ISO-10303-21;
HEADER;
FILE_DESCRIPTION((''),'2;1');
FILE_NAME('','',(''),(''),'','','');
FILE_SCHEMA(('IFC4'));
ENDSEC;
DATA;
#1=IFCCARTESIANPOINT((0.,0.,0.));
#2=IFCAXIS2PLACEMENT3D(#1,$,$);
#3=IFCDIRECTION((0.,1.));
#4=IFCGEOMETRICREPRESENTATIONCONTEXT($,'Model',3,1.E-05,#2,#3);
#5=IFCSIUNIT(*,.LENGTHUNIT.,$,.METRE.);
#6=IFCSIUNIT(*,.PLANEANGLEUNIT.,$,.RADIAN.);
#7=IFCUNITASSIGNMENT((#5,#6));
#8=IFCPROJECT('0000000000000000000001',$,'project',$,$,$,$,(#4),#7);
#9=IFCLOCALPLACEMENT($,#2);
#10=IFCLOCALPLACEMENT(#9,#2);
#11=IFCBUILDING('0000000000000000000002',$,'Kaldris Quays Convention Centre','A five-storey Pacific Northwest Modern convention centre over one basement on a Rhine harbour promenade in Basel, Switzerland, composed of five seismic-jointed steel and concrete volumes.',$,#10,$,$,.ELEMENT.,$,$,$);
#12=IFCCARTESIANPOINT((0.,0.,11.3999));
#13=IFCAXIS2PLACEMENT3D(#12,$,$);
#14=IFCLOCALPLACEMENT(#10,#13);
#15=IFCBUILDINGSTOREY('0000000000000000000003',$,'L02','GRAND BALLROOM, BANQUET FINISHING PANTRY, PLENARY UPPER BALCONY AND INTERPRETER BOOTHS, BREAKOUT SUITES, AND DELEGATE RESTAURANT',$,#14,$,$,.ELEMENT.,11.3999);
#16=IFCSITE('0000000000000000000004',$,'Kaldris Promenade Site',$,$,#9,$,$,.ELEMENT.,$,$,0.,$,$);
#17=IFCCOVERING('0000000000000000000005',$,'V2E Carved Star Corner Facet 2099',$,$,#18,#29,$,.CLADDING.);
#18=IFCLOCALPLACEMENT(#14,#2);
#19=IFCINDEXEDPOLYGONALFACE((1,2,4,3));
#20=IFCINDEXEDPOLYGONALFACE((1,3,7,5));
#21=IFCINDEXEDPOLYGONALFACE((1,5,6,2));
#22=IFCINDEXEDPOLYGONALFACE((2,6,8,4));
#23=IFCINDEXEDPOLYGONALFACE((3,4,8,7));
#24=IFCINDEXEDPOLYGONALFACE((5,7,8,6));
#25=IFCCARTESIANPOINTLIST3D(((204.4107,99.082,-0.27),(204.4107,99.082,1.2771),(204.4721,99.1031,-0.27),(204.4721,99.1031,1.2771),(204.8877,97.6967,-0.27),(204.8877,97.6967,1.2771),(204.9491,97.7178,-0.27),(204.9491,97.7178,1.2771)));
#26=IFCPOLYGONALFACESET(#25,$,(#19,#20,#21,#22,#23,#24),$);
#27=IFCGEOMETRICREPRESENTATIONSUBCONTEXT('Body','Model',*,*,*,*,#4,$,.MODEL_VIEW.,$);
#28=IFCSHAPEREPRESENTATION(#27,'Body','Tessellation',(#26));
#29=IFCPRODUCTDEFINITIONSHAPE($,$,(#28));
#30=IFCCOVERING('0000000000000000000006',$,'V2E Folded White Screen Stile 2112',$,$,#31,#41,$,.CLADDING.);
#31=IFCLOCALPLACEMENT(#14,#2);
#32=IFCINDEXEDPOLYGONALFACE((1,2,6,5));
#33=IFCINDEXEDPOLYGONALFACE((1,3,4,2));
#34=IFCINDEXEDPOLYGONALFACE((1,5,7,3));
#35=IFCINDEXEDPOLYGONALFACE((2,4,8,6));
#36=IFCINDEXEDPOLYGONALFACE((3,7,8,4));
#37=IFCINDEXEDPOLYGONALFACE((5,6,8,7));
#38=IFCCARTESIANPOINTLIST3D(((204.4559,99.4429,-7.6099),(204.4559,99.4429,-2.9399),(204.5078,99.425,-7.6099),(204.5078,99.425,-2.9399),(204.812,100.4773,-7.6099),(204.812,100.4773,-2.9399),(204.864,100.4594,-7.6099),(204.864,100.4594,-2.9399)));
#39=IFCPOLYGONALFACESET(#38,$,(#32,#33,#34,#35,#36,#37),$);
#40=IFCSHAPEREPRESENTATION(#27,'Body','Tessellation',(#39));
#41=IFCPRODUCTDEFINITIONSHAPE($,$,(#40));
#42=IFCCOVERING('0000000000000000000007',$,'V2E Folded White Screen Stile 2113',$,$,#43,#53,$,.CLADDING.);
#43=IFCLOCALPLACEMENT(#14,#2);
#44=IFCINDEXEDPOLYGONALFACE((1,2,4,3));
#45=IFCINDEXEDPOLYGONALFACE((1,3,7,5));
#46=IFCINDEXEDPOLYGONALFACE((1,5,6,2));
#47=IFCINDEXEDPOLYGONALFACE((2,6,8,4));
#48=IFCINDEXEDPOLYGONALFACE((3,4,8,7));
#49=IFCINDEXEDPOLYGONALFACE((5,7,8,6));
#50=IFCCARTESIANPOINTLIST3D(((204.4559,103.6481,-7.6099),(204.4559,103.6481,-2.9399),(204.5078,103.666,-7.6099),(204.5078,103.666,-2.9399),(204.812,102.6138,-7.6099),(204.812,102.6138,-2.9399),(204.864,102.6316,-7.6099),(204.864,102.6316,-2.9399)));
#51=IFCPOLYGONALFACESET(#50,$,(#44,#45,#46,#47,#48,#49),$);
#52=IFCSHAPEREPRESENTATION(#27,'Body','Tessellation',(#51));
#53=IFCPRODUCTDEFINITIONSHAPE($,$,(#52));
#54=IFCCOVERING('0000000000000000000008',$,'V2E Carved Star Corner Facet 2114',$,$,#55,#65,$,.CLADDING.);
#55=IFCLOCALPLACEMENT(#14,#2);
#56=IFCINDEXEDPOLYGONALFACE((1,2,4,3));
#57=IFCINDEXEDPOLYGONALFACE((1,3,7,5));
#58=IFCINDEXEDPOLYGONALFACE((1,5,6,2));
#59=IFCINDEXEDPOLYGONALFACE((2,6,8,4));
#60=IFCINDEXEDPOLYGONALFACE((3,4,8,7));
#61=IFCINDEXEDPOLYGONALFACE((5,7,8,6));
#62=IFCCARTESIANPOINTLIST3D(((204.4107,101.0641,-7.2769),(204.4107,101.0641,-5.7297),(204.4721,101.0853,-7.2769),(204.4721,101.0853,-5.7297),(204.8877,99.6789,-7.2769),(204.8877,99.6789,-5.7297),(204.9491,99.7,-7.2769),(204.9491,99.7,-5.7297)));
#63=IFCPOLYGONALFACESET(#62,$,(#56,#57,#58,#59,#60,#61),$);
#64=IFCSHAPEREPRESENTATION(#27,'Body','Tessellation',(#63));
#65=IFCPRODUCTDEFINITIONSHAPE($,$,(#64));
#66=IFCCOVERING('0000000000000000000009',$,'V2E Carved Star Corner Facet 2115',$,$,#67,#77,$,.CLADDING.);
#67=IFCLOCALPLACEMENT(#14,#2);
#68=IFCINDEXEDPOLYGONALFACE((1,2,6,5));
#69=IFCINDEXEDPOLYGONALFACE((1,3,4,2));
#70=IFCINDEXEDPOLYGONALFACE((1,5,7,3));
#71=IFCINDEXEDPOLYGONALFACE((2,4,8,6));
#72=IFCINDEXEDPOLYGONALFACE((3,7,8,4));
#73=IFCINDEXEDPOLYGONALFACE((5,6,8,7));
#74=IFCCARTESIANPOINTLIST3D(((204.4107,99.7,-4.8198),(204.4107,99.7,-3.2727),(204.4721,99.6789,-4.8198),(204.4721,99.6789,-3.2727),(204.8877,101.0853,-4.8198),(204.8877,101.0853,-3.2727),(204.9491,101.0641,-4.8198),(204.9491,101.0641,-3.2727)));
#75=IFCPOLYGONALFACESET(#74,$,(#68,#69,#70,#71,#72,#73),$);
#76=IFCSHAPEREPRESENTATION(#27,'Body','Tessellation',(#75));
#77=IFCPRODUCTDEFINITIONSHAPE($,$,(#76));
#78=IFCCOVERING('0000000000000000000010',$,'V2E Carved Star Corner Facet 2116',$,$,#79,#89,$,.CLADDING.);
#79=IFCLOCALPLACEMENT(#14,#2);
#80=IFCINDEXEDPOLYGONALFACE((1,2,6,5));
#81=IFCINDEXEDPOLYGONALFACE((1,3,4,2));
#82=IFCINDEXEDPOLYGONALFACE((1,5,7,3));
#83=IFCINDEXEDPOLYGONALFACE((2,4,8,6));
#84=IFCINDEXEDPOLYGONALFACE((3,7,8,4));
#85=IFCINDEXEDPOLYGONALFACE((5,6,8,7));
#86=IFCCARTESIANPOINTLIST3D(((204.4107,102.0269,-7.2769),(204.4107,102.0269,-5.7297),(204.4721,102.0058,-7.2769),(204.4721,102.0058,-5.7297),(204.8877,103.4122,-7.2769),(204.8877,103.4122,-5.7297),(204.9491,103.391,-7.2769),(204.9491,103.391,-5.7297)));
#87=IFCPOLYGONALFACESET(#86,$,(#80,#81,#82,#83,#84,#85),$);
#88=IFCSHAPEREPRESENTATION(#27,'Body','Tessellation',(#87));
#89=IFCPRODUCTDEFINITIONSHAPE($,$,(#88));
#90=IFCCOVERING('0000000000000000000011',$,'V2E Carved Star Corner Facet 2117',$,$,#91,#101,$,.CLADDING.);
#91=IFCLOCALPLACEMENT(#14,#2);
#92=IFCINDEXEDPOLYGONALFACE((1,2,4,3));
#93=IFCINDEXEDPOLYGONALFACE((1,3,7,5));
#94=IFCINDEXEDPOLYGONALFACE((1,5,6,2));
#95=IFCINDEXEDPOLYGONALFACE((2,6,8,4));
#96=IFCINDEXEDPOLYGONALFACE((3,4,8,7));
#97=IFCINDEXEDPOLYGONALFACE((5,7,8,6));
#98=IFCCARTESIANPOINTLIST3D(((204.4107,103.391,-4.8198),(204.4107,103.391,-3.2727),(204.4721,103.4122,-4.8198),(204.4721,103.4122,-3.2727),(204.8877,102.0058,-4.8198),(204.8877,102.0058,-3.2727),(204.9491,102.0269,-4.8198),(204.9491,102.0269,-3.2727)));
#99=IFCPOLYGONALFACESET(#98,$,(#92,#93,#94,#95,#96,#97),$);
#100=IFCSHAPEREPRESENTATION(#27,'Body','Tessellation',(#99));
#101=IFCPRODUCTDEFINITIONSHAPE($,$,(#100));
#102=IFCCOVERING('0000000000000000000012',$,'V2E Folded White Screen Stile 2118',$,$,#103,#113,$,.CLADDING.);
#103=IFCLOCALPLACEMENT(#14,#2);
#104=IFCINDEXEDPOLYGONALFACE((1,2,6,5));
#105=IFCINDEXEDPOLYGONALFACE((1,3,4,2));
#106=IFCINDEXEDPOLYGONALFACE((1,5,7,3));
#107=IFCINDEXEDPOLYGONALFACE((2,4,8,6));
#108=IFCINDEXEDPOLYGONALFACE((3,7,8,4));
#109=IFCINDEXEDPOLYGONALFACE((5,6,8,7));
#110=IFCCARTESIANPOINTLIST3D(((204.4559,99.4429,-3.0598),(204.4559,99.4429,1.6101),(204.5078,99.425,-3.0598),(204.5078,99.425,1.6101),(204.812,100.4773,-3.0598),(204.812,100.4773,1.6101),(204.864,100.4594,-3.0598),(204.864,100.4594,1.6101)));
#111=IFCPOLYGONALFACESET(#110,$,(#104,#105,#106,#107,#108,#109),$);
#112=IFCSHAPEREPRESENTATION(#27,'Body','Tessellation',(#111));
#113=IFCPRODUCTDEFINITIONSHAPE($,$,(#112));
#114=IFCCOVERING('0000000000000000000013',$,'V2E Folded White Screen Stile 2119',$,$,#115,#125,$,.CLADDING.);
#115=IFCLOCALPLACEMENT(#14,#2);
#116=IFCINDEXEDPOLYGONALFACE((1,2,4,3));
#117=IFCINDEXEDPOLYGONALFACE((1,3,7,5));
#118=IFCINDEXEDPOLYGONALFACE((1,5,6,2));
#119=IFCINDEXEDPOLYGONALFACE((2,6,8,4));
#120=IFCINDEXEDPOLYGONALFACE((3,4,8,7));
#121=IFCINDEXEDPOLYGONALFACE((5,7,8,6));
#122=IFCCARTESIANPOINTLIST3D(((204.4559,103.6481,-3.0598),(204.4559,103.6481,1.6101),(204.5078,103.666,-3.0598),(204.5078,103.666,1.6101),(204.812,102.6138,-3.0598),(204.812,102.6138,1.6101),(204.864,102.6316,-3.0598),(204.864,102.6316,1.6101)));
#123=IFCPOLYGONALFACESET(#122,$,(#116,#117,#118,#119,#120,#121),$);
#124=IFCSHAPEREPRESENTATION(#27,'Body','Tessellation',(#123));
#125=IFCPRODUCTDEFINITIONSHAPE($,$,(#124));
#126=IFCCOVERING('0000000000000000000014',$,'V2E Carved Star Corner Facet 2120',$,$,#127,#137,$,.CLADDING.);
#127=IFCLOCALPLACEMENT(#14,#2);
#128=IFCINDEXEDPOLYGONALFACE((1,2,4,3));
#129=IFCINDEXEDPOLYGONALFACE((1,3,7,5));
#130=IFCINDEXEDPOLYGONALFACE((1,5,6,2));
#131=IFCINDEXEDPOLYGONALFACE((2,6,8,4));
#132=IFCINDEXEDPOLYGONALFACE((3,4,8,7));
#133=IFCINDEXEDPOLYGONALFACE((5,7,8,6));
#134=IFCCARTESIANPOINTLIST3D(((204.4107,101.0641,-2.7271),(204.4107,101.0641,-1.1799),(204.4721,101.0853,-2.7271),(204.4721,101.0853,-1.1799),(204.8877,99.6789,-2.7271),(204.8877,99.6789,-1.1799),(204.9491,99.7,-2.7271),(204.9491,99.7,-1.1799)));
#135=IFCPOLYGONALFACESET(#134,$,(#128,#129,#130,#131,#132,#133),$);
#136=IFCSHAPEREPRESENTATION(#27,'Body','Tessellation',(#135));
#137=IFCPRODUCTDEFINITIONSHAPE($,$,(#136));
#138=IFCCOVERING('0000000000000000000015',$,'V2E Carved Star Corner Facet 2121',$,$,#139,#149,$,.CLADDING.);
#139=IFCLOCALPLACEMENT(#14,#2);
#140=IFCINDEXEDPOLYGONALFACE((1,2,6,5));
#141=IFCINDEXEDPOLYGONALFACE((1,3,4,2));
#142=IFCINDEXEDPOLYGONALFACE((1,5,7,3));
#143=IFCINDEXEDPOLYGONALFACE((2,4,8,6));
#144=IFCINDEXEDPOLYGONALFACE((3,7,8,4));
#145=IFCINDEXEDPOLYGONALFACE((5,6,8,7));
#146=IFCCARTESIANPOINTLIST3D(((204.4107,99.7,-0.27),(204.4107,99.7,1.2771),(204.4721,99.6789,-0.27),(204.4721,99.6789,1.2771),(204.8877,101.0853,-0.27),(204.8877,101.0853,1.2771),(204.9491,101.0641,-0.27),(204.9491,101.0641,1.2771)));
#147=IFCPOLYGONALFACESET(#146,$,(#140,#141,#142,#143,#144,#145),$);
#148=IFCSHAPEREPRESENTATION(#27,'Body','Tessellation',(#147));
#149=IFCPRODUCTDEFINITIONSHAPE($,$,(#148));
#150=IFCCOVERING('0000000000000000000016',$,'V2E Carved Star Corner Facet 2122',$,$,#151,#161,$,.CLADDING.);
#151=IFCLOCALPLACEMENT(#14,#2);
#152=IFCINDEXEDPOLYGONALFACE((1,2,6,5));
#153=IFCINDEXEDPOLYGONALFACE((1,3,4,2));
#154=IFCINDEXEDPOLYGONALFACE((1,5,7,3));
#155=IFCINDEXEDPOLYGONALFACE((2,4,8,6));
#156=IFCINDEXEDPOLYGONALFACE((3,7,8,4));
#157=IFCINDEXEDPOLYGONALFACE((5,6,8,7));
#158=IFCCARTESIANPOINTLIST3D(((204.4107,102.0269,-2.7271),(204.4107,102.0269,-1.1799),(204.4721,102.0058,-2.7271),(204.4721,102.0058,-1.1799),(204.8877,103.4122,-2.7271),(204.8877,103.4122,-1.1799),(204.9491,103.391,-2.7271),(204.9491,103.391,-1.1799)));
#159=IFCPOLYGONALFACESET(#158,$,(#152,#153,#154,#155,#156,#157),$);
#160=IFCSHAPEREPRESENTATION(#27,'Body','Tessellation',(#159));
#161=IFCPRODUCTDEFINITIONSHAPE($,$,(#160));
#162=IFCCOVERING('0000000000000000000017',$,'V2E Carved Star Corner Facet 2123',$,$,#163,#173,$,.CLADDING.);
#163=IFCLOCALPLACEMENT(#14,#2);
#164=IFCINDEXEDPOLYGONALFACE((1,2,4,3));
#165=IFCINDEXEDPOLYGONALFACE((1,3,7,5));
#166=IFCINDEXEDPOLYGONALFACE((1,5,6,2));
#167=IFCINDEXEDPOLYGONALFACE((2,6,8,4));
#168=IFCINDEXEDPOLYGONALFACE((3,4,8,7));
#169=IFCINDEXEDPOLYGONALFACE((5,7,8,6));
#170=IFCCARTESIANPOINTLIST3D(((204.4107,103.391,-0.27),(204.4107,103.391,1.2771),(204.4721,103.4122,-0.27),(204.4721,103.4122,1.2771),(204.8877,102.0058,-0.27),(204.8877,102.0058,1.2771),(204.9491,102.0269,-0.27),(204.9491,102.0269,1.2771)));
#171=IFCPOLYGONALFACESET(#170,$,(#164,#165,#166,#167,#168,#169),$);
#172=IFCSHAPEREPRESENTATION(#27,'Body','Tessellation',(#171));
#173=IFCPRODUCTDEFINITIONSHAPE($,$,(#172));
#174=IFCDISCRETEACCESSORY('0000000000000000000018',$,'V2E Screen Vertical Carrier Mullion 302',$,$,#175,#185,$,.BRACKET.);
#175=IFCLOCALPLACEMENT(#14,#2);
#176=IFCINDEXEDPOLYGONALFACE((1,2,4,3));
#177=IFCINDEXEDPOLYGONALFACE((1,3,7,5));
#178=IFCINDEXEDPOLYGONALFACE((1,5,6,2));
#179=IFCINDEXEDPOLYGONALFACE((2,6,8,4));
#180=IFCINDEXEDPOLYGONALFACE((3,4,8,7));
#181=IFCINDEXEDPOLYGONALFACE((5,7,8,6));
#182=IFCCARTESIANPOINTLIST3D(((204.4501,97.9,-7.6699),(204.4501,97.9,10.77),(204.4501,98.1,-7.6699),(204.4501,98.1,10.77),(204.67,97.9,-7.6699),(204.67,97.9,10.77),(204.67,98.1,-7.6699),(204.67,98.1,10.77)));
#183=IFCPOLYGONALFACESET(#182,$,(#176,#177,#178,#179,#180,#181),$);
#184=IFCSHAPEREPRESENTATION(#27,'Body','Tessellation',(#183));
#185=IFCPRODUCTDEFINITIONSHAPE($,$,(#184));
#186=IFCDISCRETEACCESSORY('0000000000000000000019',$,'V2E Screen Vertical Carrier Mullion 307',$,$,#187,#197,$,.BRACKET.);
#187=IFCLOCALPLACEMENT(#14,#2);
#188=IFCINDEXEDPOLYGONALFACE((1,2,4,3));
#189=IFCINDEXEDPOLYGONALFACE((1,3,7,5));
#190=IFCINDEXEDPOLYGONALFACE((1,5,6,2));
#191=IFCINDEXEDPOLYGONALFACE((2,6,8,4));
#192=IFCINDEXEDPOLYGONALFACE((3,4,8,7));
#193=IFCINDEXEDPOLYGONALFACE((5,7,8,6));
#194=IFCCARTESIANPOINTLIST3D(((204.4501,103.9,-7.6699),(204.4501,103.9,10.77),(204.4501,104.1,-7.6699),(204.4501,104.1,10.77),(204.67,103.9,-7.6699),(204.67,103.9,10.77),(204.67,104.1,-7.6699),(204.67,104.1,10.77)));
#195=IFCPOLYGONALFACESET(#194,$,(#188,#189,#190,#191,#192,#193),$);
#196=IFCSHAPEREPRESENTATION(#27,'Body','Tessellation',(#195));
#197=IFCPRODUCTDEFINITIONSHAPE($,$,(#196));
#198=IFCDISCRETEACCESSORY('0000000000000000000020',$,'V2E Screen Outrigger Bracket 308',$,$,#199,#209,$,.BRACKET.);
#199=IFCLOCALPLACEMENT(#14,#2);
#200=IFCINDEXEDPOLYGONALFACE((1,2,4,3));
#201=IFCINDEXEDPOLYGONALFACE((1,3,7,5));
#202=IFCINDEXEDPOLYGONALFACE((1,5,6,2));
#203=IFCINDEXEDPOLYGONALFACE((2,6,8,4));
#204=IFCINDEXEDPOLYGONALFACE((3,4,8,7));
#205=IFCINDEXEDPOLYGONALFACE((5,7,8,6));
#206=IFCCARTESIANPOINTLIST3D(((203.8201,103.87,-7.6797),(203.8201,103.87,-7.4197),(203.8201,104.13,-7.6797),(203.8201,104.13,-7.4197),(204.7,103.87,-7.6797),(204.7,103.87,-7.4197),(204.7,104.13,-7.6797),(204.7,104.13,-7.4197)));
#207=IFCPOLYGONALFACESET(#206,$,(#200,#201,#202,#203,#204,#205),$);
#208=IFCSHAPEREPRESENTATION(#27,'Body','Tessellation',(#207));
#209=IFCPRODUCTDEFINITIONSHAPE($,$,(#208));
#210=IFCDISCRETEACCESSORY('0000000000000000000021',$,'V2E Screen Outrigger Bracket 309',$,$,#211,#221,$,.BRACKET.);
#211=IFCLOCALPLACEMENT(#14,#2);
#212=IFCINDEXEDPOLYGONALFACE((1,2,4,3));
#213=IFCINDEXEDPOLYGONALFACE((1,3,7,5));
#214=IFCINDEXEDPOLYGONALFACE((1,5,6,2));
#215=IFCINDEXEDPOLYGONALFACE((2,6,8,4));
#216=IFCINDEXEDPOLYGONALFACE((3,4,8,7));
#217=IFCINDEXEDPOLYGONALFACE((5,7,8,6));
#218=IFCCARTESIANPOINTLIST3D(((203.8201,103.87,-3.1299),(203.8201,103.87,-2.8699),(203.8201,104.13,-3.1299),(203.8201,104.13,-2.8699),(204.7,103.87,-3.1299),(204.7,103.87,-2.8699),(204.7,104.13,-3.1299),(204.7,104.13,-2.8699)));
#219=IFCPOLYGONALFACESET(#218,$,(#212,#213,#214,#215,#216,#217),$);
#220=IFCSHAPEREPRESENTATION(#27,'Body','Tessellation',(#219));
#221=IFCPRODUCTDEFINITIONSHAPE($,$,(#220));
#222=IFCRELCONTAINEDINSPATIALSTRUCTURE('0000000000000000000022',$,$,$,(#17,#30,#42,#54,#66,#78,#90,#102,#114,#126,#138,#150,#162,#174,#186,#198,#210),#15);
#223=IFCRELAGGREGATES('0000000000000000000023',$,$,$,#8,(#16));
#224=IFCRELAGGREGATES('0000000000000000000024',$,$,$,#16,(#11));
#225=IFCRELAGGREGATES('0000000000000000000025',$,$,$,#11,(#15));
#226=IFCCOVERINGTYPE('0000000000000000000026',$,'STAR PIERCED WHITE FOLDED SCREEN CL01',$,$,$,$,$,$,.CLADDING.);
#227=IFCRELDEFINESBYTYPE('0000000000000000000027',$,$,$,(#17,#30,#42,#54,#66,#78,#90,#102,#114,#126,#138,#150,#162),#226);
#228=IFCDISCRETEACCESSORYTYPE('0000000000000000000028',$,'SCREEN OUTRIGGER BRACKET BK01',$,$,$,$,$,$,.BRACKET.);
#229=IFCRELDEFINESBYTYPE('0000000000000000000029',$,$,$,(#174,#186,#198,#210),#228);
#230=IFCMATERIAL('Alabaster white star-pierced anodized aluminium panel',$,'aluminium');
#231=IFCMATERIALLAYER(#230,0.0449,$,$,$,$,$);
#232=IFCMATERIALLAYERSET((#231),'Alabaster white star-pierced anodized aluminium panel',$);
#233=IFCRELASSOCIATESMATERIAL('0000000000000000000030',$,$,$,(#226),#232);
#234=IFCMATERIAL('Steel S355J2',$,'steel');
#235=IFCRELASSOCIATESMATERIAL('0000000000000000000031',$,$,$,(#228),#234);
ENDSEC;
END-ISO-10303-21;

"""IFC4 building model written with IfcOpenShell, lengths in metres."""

from ifc_helpers import new_model, si_unit, direction, frame, origin, origin_2d, place, context, subcontext, project, spatial, rectangle, extrude, material, layer, layer_set, type_object, element, save


model = new_model("IFC4")

# Units and contexts
model_context = context("Model", 3, precision=1e-05, world=origin(), true_north=direction((0.0, 1.0)))
body_context = subcontext(model_context, "Body", "Model", "MODEL_VIEW")
ifc_project = project(units=[si_unit("LENGTHUNIT", "METRE"), si_unit("PLANEANGLEUNIT", "RADIAN")], contexts=[model_context])

# Site, building, storey
site_placement = place(None, origin())
site = spatial("IfcSite", under=ifc_project, at=site_placement, Name="Kaldris Promenade Site", CompositionType="ELEMENT", RefElevation=0.0)
building_placement = place(site_placement, origin())
building = spatial("IfcBuilding", under=site, at=building_placement, Name="Kaldris Quays Convention Centre", Description="A five-storey Pacific Northwest Modern convention centre over one basement on a Rhine harbour promenade in Basel, Switzerland, composed of five seismic-jointed steel and concrete volumes.", CompositionType="ELEMENT")
storey_placement = place(building_placement, frame((0.0, 0.0, 11.3999)))
storey = spatial("IfcBuildingStorey", under=building, at=storey_placement, Name="L02", Description="GRAND BALLROOM, BANQUET FINISHING PANTRY, PLENARY UPPER BALCONY AND INTERPRETER BOOTHS, BREAKOUT SUITES, AND DELEGATE RESTAURANT", CompositionType="ELEMENT", Elevation=11.3999)

# Coverings
ifc_material_1 = material(Name="Alabaster white star-pierced anodized aluminium panel", Category="aluminium")
ifc_layer = layer(ifc_material_1, 0.0449)
ifc_layer_set = layer_set([ifc_layer], Name="Alabaster white star-pierced anodized aluminium panel")
covering_type = type_object("IfcCoveringType", Name="STAR PIERCED WHITE FOLDED SCREEN CL01", PredefinedType="CLADDING", material=ifc_layer_set)
for number, where, z_axis, x_axis, name in (
    (1, (204.6799, 98.3999, -0.27), (0.0, 0.0, 1.0), (-0.325568, 0.945519, 0.0), "V2E Carved Star Corner Facet 2099"),
):
    element("IfcCovering", number, at=place(storey_placement, frame(where, z_axis=z_axis, x_axis=x_axis)), inside=storey, type_object=covering_type, Name=name, PredefinedType="CLADDING", context=body_context, shape_type="SweptSolid", body=[
        extrude(rectangle(XDim=1.4651, YDim=0.0649, at=origin_2d()), origin(), (0.0, 0.0, 1.0), 1.5471),
    ])
for number, where, z_axis, x_axis, name in (
    (2, (204.6599, 99.9512, -7.6099), (0.0, 0.0, 1.0), (0.325568, 0.945519, 0.0), "V2E Folded White Screen Stile 2112"),
    (3, (204.6599, 103.1399, -7.6099), (0.0, 0.0, 1.0), (-0.325568, 0.945519, 0.0), "V2E Folded White Screen Stile 2113"),
):
    element("IfcCovering", number, at=place(storey_placement, frame(where, z_axis=z_axis, x_axis=x_axis)), inside=storey, type_object=covering_type, Name=name, PredefinedType="CLADDING", context=body_context, shape_type="SweptSolid", body=[
        extrude(rectangle(XDim=1.094, YDim=0.0549, at=origin_2d()), origin(), (0.0, 0.0, 1.0), 4.6699),
    ])
for number, where, z_axis, x_axis, name in (
    (4, (204.6799, 100.3821, -7.2769), (0.0, 0.0, 1.0), (-0.325568, 0.945519, 0.0), "V2E Carved Star Corner Facet 2114"),
    (5, (204.6799, 100.3821, -4.8198), (0.0, 0.0, 1.0), (0.325568, 0.945519, 0.0), "V2E Carved Star Corner Facet 2115"),
    (6, (204.6799, 102.709, -7.2769), (0.0, 0.0, 1.0), (0.325568, 0.945519, 0.0), "V2E Carved Star Corner Facet 2116"),
    (7, (204.6799, 102.709, -4.8198), (0.0, 0.0, 1.0), (-0.325568, 0.945519, 0.0), "V2E Carved Star Corner Facet 2117"),
):
    element("IfcCovering", number, at=place(storey_placement, frame(where, z_axis=z_axis, x_axis=x_axis)), inside=storey, type_object=covering_type, Name=name, PredefinedType="CLADDING", context=body_context, shape_type="SweptSolid", body=[
        extrude(rectangle(XDim=1.4651, YDim=0.0649, at=origin_2d()), origin(), (0.0, 0.0, 1.0), 1.5471),
    ])
for number, where, z_axis, x_axis, name in (
    (8, (204.6599, 99.9512, -3.0598), (0.0, 0.0, 1.0), (0.325568, 0.945519, 0.0), "V2E Folded White Screen Stile 2118"),
    (9, (204.6599, 103.1399, -3.0598), (0.0, 0.0, 1.0), (-0.325568, 0.945519, 0.0), "V2E Folded White Screen Stile 2119"),
):
    element("IfcCovering", number, at=place(storey_placement, frame(where, z_axis=z_axis, x_axis=x_axis)), inside=storey, type_object=covering_type, Name=name, PredefinedType="CLADDING", context=body_context, shape_type="SweptSolid", body=[
        extrude(rectangle(XDim=1.094, YDim=0.0549, at=origin_2d()), origin(), (0.0, 0.0, 1.0), 4.6699),
    ])
for number, where, z_axis, x_axis, name in (
    (10, (204.6799, 100.3821, -2.7271), (0.0, 0.0, 1.0), (-0.325568, 0.945519, 0.0), "V2E Carved Star Corner Facet 2120"),
    (11, (204.6799, 100.3821, -0.27), (0.0, 0.0, 1.0), (0.325568, 0.945519, 0.0), "V2E Carved Star Corner Facet 2121"),
    (12, (204.6799, 102.709, -2.7271), (0.0, 0.0, 1.0), (0.325568, 0.945519, 0.0), "V2E Carved Star Corner Facet 2122"),
    (13, (204.6799, 102.709, -0.27), (0.0, 0.0, 1.0), (-0.325568, 0.945519, 0.0), "V2E Carved Star Corner Facet 2123"),
):
    element("IfcCovering", number, at=place(storey_placement, frame(where, z_axis=z_axis, x_axis=x_axis)), inside=storey, type_object=covering_type, Name=name, PredefinedType="CLADDING", context=body_context, shape_type="SweptSolid", body=[
        extrude(rectangle(XDim=1.4651, YDim=0.0649, at=origin_2d()), origin(), (0.0, 0.0, 1.0), 1.5471),
    ])

# Discrete accessories
ifc_material_2 = material(Name="Steel S355J2", Category="steel")
discrete_accessory_type = type_object("IfcDiscreteAccessoryType", Name="SCREEN OUTRIGGER BRACKET BK01", PredefinedType="BRACKET", material=ifc_material_2)
for number, where, z_axis, x_axis, name in (
    (14, (204.5601, 98.0, -7.6699), (0.0, 0.0, 1.0), (0.0, 1.0, 0.0), "V2E Screen Vertical Carrier Mullion 302"),
    (15, (204.5601, 104.0, -7.6699), (0.0, 0.0, 1.0), (0.0, 1.0, 0.0), "V2E Screen Vertical Carrier Mullion 307"),
):
    element("IfcDiscreteAccessory", number, at=place(storey_placement, frame(where, z_axis=z_axis, x_axis=x_axis)), inside=storey, type_object=discrete_accessory_type, Name=name, PredefinedType="BRACKET", context=body_context, shape_type="SweptSolid", body=[
        extrude(rectangle(XDim=0.2, YDim=0.22, at=origin_2d()), origin(), (0.0, 0.0, 1.0), 18.4399),
    ])
for number, where, z_axis, x_axis, name in (
    (16, (204.26, 104.0, -7.6797), (0.0, 0.0, 1.0), (0.0, 1.0, 0.0), "V2E Screen Outrigger Bracket 308"),
    (17, (204.26, 104.0, -3.1299), (0.0, 0.0, 1.0), (0.0, 1.0, 0.0), "V2E Screen Outrigger Bracket 309"),
):
    element("IfcDiscreteAccessory", number, at=place(storey_placement, frame(where, z_axis=z_axis, x_axis=x_axis)), inside=storey, type_object=discrete_accessory_type, Name=name, PredefinedType="BRACKET", context=body_context, shape_type="SweptSolid", body=[
        extrude(rectangle(XDim=0.26, YDim=0.8799, at=origin_2d()), origin(), (0.0, 0.0, 1.0), 0.26),
    ])

save(model, "model.ifc")
